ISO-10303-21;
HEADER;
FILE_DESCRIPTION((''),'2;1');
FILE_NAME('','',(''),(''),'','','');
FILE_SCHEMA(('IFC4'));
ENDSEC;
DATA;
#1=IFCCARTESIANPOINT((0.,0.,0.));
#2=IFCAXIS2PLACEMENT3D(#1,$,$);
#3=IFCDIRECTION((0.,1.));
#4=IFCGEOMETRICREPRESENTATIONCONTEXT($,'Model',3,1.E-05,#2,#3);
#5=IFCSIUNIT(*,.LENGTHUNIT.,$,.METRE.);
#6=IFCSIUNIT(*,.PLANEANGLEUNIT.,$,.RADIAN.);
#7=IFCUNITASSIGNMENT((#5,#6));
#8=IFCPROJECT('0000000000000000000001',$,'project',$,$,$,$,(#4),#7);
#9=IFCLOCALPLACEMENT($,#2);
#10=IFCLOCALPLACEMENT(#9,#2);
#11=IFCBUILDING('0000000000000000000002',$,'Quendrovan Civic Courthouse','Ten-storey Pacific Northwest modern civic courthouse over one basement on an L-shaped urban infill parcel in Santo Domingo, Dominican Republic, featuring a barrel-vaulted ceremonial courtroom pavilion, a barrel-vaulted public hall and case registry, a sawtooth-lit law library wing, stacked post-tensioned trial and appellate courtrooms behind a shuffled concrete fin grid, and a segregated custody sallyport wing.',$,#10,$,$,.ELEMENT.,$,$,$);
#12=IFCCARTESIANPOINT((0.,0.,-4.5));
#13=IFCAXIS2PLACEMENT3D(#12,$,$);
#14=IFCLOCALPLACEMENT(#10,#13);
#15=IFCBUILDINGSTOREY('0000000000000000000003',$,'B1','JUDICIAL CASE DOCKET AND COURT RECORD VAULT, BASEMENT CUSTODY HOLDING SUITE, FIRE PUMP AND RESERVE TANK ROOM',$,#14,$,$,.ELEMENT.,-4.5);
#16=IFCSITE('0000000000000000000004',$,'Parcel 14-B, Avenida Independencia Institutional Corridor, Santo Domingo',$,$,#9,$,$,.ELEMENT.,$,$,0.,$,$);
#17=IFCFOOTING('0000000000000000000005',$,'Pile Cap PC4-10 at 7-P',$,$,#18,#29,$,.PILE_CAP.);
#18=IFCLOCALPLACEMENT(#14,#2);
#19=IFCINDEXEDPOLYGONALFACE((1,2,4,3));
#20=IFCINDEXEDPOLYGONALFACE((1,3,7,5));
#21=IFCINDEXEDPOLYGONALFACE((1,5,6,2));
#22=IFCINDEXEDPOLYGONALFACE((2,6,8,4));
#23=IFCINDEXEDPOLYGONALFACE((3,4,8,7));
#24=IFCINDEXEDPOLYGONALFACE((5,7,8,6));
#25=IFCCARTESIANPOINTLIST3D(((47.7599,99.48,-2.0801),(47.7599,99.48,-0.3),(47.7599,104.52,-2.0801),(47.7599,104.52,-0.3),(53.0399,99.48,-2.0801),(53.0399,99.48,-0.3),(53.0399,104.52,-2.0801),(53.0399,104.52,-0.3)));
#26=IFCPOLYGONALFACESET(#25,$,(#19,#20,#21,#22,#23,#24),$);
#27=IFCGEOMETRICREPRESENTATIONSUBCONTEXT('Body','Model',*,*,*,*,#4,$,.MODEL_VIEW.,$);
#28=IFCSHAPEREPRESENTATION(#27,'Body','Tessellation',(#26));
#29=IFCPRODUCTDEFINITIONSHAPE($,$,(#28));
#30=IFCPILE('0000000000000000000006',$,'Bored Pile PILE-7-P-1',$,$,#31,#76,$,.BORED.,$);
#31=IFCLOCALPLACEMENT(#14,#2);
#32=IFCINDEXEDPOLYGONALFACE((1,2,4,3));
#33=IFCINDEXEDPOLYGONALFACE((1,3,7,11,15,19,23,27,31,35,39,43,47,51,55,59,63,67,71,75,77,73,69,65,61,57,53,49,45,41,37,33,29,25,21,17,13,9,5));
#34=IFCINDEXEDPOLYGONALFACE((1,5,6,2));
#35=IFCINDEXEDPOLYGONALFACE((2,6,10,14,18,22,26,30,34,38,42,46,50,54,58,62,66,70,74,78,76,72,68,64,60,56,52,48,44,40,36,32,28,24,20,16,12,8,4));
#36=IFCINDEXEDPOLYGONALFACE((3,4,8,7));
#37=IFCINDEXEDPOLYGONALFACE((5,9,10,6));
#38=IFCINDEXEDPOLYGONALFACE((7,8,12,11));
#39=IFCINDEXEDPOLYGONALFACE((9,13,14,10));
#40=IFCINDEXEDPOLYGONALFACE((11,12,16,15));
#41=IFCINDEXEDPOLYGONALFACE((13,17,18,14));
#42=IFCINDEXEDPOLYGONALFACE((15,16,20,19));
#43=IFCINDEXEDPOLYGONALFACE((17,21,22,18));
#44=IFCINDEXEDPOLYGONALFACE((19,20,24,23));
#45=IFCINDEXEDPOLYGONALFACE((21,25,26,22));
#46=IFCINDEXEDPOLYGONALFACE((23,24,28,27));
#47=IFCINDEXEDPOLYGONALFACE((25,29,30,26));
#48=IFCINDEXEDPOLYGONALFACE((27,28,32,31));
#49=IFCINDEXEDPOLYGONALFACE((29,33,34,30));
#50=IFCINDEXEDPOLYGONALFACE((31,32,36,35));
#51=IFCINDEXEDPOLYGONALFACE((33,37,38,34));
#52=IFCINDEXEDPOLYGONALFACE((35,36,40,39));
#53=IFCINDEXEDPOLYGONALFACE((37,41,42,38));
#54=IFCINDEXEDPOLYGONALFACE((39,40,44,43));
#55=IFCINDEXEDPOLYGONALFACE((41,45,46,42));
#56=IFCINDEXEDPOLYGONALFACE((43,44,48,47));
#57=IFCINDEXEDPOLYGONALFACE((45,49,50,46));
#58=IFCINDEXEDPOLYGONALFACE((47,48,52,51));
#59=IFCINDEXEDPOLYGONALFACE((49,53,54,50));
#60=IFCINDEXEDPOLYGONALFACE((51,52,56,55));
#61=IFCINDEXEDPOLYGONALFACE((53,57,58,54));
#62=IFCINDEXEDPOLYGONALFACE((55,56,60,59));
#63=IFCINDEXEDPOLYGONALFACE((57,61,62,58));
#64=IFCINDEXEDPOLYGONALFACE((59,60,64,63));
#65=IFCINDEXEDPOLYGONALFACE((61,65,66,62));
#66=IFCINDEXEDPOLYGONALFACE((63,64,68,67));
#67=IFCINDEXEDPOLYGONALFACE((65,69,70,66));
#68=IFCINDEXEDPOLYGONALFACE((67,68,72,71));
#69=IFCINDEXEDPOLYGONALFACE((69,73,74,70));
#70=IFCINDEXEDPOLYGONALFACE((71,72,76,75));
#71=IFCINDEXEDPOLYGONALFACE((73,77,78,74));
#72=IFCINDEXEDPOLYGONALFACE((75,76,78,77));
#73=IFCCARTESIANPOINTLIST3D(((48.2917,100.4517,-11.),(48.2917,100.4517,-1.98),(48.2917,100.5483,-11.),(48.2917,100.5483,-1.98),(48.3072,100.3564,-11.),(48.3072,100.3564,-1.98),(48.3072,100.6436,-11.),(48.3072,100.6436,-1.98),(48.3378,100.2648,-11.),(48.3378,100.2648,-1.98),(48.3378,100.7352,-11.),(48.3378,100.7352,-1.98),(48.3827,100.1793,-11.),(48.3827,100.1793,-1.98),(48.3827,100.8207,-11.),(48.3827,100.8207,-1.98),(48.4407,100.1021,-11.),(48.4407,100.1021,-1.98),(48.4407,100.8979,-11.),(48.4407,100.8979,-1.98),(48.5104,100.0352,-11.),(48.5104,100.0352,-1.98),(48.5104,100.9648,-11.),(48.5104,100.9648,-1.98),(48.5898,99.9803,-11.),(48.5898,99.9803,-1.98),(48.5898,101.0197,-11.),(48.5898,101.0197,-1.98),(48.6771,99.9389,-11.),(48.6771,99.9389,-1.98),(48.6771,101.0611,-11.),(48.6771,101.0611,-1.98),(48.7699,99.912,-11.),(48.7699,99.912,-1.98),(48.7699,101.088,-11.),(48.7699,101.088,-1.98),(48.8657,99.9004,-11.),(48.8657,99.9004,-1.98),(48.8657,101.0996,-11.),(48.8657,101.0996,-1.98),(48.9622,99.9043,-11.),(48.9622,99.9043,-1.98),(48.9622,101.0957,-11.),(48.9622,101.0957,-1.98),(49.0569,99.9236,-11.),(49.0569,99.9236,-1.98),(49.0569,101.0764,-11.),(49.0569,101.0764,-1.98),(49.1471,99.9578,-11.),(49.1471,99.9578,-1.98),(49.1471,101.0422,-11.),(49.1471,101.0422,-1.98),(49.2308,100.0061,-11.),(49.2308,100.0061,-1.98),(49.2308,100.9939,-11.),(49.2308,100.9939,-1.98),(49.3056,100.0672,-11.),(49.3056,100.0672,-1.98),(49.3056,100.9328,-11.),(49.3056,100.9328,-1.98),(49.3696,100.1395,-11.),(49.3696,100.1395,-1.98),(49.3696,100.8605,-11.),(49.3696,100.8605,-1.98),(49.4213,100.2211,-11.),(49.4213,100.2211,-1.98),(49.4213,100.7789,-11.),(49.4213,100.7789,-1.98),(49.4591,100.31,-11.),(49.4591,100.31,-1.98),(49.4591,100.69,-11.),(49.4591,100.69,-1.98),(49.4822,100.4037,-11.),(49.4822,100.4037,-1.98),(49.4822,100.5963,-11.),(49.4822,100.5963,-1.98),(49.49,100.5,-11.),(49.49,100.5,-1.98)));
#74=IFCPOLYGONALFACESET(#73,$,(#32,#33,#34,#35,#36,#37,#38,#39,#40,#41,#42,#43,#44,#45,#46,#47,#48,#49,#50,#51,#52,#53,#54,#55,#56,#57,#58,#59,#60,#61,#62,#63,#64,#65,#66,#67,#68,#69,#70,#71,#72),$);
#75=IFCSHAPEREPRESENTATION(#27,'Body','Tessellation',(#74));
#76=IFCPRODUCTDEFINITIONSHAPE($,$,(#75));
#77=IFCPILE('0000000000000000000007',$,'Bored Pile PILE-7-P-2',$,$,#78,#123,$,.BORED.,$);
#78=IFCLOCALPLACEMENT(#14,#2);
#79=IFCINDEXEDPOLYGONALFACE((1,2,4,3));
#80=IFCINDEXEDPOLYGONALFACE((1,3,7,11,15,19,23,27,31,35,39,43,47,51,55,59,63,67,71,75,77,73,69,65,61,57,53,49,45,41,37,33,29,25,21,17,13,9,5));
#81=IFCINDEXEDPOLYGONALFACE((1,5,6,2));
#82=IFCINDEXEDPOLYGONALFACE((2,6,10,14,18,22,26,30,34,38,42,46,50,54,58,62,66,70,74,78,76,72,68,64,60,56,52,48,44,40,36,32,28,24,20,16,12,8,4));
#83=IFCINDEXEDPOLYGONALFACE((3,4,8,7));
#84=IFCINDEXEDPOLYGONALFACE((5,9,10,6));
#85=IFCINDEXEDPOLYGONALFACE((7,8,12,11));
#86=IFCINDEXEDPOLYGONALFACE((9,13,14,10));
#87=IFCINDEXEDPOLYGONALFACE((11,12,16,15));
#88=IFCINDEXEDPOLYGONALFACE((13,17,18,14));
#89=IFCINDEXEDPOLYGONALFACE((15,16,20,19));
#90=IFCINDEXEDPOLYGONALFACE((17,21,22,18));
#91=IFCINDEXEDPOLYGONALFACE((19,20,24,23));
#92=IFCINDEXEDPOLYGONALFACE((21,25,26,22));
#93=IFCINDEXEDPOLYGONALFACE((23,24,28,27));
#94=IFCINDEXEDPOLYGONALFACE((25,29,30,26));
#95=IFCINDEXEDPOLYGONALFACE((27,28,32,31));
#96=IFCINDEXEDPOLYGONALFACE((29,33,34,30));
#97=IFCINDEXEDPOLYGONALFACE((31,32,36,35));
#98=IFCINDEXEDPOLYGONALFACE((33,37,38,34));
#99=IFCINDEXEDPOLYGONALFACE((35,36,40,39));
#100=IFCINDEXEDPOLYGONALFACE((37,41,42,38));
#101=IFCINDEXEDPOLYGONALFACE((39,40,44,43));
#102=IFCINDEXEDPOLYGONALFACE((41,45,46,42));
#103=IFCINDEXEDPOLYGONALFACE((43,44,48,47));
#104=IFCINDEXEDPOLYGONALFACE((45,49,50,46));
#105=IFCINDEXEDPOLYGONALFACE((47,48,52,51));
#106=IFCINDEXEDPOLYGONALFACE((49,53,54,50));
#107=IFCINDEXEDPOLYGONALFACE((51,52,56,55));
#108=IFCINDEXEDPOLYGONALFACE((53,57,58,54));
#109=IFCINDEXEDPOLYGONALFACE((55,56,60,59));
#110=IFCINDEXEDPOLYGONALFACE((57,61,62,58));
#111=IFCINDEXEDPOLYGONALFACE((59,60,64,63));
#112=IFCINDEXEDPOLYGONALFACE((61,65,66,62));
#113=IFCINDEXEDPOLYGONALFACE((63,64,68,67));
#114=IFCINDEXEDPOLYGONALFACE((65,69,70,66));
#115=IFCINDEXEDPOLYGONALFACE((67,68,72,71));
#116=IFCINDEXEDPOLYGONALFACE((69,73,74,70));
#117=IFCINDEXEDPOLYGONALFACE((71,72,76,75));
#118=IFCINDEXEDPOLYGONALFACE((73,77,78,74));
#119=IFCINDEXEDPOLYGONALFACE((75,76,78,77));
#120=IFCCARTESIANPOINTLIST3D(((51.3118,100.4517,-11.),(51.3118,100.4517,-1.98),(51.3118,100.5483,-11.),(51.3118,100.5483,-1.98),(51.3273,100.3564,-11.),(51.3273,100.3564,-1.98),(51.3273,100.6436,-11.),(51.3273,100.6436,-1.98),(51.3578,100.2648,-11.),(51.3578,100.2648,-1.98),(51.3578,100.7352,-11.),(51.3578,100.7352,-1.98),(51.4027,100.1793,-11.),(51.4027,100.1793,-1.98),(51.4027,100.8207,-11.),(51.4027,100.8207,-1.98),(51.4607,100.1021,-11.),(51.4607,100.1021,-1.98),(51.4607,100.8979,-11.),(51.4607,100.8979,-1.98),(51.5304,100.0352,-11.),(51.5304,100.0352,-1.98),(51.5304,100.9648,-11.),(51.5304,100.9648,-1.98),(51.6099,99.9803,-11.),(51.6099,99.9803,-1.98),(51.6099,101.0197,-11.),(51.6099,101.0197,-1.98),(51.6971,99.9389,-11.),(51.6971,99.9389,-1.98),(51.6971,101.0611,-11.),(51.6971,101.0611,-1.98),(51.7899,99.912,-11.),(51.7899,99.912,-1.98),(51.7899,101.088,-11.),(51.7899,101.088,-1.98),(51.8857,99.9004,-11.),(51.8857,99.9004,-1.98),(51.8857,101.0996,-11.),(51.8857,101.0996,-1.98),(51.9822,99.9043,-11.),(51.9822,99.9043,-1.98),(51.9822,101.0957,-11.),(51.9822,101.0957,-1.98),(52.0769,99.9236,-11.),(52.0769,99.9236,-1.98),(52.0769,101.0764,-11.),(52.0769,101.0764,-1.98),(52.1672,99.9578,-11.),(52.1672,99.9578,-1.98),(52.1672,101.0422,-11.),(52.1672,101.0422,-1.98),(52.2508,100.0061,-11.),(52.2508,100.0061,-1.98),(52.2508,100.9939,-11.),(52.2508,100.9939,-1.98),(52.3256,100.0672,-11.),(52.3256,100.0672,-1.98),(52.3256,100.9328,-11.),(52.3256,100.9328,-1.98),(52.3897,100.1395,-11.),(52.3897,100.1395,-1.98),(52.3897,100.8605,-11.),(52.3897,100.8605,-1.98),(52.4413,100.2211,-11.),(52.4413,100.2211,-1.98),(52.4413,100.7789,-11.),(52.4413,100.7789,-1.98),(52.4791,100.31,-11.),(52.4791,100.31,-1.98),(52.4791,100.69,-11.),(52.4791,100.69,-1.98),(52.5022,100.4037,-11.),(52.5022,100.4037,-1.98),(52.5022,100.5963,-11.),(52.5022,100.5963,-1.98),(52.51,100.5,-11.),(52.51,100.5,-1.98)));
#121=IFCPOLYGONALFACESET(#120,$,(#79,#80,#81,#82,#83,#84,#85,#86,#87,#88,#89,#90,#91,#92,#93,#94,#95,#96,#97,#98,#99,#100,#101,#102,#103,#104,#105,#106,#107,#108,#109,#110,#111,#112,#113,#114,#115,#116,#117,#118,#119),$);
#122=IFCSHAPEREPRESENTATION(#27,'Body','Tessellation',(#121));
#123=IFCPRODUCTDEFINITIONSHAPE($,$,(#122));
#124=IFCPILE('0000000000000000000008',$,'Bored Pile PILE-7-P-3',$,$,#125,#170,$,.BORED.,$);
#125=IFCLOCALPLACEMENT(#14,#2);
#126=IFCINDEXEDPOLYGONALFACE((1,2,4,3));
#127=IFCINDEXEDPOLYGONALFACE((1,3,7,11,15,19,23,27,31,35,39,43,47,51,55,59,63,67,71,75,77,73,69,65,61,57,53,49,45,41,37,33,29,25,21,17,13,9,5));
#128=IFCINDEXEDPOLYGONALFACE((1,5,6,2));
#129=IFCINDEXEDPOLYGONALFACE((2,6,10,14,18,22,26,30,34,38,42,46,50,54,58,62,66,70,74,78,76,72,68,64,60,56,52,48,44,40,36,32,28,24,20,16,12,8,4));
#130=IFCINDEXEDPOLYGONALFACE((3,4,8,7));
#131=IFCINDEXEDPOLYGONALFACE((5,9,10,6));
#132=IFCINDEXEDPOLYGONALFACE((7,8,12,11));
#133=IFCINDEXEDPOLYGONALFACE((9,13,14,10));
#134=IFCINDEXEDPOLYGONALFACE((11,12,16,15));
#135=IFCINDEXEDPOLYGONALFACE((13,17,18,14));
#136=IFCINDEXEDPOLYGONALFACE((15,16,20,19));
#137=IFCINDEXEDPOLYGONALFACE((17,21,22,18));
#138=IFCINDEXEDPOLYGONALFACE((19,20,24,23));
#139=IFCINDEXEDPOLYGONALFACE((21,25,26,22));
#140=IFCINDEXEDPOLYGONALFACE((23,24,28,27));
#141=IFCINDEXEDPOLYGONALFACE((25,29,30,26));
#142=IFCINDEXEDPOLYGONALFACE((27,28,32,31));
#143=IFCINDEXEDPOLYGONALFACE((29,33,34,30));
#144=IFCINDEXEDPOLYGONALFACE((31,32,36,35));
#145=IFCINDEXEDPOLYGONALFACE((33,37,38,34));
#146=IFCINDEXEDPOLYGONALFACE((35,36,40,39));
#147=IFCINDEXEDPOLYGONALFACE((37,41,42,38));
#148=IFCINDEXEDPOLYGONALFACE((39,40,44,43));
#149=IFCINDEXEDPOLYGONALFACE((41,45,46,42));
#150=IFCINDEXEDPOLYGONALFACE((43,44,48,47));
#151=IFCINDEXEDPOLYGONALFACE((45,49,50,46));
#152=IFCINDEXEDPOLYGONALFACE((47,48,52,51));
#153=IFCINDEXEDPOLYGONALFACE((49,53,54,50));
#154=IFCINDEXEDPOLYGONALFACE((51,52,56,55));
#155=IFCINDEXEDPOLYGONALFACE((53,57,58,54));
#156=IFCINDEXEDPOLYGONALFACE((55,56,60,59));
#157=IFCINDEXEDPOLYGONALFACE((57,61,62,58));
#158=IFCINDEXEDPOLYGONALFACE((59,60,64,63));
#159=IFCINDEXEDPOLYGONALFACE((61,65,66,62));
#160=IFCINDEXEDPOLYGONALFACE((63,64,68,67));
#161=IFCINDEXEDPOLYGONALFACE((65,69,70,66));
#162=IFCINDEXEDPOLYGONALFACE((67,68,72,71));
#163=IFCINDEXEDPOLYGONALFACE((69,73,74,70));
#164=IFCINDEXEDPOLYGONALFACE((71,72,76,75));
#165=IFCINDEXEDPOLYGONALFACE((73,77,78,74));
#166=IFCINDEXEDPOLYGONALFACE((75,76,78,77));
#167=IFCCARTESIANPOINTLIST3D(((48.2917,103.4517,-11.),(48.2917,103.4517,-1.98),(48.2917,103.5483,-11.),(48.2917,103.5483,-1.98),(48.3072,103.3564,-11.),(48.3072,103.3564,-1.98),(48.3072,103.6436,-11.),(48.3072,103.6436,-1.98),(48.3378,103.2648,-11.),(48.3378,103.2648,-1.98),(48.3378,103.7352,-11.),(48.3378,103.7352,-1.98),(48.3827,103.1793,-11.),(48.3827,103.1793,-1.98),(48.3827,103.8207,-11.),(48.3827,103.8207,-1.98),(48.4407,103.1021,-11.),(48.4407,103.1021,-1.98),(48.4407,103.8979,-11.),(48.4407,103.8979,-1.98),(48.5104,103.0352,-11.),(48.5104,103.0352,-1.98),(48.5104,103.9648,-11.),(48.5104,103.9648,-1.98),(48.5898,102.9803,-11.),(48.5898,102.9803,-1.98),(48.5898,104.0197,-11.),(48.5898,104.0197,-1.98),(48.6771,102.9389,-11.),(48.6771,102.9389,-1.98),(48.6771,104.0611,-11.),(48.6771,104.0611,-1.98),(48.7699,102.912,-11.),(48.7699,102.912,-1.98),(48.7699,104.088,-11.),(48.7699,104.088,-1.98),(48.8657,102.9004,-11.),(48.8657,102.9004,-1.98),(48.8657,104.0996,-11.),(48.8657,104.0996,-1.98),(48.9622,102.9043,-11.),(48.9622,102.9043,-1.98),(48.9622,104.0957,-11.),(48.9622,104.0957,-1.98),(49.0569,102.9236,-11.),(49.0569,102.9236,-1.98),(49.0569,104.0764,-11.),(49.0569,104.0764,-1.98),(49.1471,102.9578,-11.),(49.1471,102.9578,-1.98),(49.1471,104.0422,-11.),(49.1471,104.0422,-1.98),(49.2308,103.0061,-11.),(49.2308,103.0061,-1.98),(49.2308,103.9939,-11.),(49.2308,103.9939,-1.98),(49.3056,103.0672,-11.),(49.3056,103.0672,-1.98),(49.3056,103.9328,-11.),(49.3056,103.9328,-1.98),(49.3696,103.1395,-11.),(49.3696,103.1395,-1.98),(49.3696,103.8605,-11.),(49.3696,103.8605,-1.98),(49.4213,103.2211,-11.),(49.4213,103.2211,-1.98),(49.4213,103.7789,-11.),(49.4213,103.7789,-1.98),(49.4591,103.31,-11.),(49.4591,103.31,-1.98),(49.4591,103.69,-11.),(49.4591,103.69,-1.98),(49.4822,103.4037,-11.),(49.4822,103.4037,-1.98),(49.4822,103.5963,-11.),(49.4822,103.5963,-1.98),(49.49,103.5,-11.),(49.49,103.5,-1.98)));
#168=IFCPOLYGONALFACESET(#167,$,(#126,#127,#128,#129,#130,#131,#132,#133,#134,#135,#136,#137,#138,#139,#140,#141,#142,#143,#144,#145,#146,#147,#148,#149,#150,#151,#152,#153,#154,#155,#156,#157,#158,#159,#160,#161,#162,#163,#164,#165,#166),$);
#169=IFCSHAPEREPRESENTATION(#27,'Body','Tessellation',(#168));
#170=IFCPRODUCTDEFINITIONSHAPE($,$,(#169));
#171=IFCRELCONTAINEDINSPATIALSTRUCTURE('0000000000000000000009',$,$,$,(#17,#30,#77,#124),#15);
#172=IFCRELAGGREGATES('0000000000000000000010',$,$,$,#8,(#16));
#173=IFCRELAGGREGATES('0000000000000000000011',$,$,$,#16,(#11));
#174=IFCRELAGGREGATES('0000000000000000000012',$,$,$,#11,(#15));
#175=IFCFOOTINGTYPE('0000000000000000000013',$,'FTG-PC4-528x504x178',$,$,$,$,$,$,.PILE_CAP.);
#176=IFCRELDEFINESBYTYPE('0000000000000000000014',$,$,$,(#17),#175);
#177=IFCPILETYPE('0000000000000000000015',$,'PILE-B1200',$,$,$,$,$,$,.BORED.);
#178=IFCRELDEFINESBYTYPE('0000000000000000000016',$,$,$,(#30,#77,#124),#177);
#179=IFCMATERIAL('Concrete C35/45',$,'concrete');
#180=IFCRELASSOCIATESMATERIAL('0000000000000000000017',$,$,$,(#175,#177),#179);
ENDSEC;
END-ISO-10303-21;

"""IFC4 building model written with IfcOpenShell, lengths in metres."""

from ifc_helpers import new_model, si_unit, direction, frame, origin, origin_2d, place, context, subcontext, project, spatial, rectangle, circle, extrude, material, material_profile, profile_set, type_object, element, save


model = new_model("IFC4")

# Units and contexts
model_context = context("Model", 3, precision=1e-05, world=origin(), true_north=direction((0.0, 1.0)))
body_context = subcontext(model_context, "Body", "Model", "MODEL_VIEW")
ifc_project = project(units=[si_unit("LENGTHUNIT", "METRE"), si_unit("PLANEANGLEUNIT", "RADIAN")], contexts=[model_context])

# Site, building, storey
site_placement = place(None, origin())
site = spatial("IfcSite", under=ifc_project, at=site_placement, Name="Parcel 14-B, Avenida Independencia Institutional Corridor, Santo Domingo", CompositionType="ELEMENT", RefElevation=0.0)
building_placement = place(site_placement, origin())
building = spatial("IfcBuilding", under=site, at=building_placement, Name="Quendrovan Civic Courthouse", Description="Ten-storey Pacific Northwest modern civic courthouse over one basement on an L-shaped urban infill parcel in Santo Domingo, Dominican Republic, featuring a barrel-vaulted ceremonial courtroom pavilion, a barrel-vaulted public hall and case registry, a sawtooth-lit law library wing, stacked post-tensioned trial and appellate courtrooms behind a shuffled concrete fin grid, and a segregated custody sallyport wing.", CompositionType="ELEMENT")
storey_placement = place(building_placement, frame((0.0, 0.0, -4.5)))
storey = spatial("IfcBuildingStorey", under=building, at=storey_placement, Name="B1", Description="JUDICIAL CASE DOCKET AND COURT RECORD VAULT, BASEMENT CUSTODY HOLDING SUITE, FIRE PUMP AND RESERVE TANK ROOM", CompositionType="ELEMENT", Elevation=-4.5)

# Footing
ifc_material_1 = material(Name="Concrete C35/45", Category="concrete")
footing_type = type_object("IfcFootingType", Name="FTG-PC4-528x504x178", PredefinedType="PILE_CAP", material=ifc_material_1)
footing_placement = place(storey_placement, frame((50.3999, 102.0, -2.0801), z_axis=(0.0, 0.0, 1.0), x_axis=(1.0, 0.0, 0.0)))
element("IfcFooting", 1, at=footing_placement, inside=storey, type_object=footing_type, Name="Pile Cap PC4-10 at 7-P", PredefinedType="PILE_CAP", context=body_context, shape_type="SweptSolid", body=[
    extrude(rectangle(XDim=5.28, YDim=5.04, at=origin_2d()), origin(), (0.0, 0.0, 1.0), 1.78),
])

# Piles
ifc_material_profile_1 = material_profile(ifc_material_1, circle(Radius=0.6001, at=origin_2d()), Name="PILE-D1200")
ifc_profile_set_1 = profile_set([ifc_material_profile_1], Name="Concrete C35/45")
pile_type = type_object("IfcPileType", Name="PILE-B1200", PredefinedType="BORED", material=ifc_profile_set_1)
for number, where, z_axis, x_axis, name in (
    (2, (48.8899, 100.5, -1.98), (0.0, 0.0, -1.0), (1.0, 0.0, 0.0), "Bored Pile PILE-7-P-1"),
    (3, (51.9099, 100.5, -1.98), (0.0, 0.0, -1.0), (1.0, 0.0, 0.0), "Bored Pile PILE-7-P-2"),
    (4, (48.8899, 103.5, -1.98), (0.0, 0.0, -1.0), (1.0, 0.0, 0.0), "Bored Pile PILE-7-P-3"),
):
    element("IfcPile", number, at=place(storey_placement, frame(where, z_axis=z_axis, x_axis=x_axis)), inside=storey, type_object=pile_type, Name=name, PredefinedType="BORED", context=body_context, shape_type="SweptSolid", body=[
        extrude(circle(Radius=0.6001, at=origin_2d()), origin(), (0.0, 0.0, 1.0), 9.02),
    ])

save(model, "model.ifc")
